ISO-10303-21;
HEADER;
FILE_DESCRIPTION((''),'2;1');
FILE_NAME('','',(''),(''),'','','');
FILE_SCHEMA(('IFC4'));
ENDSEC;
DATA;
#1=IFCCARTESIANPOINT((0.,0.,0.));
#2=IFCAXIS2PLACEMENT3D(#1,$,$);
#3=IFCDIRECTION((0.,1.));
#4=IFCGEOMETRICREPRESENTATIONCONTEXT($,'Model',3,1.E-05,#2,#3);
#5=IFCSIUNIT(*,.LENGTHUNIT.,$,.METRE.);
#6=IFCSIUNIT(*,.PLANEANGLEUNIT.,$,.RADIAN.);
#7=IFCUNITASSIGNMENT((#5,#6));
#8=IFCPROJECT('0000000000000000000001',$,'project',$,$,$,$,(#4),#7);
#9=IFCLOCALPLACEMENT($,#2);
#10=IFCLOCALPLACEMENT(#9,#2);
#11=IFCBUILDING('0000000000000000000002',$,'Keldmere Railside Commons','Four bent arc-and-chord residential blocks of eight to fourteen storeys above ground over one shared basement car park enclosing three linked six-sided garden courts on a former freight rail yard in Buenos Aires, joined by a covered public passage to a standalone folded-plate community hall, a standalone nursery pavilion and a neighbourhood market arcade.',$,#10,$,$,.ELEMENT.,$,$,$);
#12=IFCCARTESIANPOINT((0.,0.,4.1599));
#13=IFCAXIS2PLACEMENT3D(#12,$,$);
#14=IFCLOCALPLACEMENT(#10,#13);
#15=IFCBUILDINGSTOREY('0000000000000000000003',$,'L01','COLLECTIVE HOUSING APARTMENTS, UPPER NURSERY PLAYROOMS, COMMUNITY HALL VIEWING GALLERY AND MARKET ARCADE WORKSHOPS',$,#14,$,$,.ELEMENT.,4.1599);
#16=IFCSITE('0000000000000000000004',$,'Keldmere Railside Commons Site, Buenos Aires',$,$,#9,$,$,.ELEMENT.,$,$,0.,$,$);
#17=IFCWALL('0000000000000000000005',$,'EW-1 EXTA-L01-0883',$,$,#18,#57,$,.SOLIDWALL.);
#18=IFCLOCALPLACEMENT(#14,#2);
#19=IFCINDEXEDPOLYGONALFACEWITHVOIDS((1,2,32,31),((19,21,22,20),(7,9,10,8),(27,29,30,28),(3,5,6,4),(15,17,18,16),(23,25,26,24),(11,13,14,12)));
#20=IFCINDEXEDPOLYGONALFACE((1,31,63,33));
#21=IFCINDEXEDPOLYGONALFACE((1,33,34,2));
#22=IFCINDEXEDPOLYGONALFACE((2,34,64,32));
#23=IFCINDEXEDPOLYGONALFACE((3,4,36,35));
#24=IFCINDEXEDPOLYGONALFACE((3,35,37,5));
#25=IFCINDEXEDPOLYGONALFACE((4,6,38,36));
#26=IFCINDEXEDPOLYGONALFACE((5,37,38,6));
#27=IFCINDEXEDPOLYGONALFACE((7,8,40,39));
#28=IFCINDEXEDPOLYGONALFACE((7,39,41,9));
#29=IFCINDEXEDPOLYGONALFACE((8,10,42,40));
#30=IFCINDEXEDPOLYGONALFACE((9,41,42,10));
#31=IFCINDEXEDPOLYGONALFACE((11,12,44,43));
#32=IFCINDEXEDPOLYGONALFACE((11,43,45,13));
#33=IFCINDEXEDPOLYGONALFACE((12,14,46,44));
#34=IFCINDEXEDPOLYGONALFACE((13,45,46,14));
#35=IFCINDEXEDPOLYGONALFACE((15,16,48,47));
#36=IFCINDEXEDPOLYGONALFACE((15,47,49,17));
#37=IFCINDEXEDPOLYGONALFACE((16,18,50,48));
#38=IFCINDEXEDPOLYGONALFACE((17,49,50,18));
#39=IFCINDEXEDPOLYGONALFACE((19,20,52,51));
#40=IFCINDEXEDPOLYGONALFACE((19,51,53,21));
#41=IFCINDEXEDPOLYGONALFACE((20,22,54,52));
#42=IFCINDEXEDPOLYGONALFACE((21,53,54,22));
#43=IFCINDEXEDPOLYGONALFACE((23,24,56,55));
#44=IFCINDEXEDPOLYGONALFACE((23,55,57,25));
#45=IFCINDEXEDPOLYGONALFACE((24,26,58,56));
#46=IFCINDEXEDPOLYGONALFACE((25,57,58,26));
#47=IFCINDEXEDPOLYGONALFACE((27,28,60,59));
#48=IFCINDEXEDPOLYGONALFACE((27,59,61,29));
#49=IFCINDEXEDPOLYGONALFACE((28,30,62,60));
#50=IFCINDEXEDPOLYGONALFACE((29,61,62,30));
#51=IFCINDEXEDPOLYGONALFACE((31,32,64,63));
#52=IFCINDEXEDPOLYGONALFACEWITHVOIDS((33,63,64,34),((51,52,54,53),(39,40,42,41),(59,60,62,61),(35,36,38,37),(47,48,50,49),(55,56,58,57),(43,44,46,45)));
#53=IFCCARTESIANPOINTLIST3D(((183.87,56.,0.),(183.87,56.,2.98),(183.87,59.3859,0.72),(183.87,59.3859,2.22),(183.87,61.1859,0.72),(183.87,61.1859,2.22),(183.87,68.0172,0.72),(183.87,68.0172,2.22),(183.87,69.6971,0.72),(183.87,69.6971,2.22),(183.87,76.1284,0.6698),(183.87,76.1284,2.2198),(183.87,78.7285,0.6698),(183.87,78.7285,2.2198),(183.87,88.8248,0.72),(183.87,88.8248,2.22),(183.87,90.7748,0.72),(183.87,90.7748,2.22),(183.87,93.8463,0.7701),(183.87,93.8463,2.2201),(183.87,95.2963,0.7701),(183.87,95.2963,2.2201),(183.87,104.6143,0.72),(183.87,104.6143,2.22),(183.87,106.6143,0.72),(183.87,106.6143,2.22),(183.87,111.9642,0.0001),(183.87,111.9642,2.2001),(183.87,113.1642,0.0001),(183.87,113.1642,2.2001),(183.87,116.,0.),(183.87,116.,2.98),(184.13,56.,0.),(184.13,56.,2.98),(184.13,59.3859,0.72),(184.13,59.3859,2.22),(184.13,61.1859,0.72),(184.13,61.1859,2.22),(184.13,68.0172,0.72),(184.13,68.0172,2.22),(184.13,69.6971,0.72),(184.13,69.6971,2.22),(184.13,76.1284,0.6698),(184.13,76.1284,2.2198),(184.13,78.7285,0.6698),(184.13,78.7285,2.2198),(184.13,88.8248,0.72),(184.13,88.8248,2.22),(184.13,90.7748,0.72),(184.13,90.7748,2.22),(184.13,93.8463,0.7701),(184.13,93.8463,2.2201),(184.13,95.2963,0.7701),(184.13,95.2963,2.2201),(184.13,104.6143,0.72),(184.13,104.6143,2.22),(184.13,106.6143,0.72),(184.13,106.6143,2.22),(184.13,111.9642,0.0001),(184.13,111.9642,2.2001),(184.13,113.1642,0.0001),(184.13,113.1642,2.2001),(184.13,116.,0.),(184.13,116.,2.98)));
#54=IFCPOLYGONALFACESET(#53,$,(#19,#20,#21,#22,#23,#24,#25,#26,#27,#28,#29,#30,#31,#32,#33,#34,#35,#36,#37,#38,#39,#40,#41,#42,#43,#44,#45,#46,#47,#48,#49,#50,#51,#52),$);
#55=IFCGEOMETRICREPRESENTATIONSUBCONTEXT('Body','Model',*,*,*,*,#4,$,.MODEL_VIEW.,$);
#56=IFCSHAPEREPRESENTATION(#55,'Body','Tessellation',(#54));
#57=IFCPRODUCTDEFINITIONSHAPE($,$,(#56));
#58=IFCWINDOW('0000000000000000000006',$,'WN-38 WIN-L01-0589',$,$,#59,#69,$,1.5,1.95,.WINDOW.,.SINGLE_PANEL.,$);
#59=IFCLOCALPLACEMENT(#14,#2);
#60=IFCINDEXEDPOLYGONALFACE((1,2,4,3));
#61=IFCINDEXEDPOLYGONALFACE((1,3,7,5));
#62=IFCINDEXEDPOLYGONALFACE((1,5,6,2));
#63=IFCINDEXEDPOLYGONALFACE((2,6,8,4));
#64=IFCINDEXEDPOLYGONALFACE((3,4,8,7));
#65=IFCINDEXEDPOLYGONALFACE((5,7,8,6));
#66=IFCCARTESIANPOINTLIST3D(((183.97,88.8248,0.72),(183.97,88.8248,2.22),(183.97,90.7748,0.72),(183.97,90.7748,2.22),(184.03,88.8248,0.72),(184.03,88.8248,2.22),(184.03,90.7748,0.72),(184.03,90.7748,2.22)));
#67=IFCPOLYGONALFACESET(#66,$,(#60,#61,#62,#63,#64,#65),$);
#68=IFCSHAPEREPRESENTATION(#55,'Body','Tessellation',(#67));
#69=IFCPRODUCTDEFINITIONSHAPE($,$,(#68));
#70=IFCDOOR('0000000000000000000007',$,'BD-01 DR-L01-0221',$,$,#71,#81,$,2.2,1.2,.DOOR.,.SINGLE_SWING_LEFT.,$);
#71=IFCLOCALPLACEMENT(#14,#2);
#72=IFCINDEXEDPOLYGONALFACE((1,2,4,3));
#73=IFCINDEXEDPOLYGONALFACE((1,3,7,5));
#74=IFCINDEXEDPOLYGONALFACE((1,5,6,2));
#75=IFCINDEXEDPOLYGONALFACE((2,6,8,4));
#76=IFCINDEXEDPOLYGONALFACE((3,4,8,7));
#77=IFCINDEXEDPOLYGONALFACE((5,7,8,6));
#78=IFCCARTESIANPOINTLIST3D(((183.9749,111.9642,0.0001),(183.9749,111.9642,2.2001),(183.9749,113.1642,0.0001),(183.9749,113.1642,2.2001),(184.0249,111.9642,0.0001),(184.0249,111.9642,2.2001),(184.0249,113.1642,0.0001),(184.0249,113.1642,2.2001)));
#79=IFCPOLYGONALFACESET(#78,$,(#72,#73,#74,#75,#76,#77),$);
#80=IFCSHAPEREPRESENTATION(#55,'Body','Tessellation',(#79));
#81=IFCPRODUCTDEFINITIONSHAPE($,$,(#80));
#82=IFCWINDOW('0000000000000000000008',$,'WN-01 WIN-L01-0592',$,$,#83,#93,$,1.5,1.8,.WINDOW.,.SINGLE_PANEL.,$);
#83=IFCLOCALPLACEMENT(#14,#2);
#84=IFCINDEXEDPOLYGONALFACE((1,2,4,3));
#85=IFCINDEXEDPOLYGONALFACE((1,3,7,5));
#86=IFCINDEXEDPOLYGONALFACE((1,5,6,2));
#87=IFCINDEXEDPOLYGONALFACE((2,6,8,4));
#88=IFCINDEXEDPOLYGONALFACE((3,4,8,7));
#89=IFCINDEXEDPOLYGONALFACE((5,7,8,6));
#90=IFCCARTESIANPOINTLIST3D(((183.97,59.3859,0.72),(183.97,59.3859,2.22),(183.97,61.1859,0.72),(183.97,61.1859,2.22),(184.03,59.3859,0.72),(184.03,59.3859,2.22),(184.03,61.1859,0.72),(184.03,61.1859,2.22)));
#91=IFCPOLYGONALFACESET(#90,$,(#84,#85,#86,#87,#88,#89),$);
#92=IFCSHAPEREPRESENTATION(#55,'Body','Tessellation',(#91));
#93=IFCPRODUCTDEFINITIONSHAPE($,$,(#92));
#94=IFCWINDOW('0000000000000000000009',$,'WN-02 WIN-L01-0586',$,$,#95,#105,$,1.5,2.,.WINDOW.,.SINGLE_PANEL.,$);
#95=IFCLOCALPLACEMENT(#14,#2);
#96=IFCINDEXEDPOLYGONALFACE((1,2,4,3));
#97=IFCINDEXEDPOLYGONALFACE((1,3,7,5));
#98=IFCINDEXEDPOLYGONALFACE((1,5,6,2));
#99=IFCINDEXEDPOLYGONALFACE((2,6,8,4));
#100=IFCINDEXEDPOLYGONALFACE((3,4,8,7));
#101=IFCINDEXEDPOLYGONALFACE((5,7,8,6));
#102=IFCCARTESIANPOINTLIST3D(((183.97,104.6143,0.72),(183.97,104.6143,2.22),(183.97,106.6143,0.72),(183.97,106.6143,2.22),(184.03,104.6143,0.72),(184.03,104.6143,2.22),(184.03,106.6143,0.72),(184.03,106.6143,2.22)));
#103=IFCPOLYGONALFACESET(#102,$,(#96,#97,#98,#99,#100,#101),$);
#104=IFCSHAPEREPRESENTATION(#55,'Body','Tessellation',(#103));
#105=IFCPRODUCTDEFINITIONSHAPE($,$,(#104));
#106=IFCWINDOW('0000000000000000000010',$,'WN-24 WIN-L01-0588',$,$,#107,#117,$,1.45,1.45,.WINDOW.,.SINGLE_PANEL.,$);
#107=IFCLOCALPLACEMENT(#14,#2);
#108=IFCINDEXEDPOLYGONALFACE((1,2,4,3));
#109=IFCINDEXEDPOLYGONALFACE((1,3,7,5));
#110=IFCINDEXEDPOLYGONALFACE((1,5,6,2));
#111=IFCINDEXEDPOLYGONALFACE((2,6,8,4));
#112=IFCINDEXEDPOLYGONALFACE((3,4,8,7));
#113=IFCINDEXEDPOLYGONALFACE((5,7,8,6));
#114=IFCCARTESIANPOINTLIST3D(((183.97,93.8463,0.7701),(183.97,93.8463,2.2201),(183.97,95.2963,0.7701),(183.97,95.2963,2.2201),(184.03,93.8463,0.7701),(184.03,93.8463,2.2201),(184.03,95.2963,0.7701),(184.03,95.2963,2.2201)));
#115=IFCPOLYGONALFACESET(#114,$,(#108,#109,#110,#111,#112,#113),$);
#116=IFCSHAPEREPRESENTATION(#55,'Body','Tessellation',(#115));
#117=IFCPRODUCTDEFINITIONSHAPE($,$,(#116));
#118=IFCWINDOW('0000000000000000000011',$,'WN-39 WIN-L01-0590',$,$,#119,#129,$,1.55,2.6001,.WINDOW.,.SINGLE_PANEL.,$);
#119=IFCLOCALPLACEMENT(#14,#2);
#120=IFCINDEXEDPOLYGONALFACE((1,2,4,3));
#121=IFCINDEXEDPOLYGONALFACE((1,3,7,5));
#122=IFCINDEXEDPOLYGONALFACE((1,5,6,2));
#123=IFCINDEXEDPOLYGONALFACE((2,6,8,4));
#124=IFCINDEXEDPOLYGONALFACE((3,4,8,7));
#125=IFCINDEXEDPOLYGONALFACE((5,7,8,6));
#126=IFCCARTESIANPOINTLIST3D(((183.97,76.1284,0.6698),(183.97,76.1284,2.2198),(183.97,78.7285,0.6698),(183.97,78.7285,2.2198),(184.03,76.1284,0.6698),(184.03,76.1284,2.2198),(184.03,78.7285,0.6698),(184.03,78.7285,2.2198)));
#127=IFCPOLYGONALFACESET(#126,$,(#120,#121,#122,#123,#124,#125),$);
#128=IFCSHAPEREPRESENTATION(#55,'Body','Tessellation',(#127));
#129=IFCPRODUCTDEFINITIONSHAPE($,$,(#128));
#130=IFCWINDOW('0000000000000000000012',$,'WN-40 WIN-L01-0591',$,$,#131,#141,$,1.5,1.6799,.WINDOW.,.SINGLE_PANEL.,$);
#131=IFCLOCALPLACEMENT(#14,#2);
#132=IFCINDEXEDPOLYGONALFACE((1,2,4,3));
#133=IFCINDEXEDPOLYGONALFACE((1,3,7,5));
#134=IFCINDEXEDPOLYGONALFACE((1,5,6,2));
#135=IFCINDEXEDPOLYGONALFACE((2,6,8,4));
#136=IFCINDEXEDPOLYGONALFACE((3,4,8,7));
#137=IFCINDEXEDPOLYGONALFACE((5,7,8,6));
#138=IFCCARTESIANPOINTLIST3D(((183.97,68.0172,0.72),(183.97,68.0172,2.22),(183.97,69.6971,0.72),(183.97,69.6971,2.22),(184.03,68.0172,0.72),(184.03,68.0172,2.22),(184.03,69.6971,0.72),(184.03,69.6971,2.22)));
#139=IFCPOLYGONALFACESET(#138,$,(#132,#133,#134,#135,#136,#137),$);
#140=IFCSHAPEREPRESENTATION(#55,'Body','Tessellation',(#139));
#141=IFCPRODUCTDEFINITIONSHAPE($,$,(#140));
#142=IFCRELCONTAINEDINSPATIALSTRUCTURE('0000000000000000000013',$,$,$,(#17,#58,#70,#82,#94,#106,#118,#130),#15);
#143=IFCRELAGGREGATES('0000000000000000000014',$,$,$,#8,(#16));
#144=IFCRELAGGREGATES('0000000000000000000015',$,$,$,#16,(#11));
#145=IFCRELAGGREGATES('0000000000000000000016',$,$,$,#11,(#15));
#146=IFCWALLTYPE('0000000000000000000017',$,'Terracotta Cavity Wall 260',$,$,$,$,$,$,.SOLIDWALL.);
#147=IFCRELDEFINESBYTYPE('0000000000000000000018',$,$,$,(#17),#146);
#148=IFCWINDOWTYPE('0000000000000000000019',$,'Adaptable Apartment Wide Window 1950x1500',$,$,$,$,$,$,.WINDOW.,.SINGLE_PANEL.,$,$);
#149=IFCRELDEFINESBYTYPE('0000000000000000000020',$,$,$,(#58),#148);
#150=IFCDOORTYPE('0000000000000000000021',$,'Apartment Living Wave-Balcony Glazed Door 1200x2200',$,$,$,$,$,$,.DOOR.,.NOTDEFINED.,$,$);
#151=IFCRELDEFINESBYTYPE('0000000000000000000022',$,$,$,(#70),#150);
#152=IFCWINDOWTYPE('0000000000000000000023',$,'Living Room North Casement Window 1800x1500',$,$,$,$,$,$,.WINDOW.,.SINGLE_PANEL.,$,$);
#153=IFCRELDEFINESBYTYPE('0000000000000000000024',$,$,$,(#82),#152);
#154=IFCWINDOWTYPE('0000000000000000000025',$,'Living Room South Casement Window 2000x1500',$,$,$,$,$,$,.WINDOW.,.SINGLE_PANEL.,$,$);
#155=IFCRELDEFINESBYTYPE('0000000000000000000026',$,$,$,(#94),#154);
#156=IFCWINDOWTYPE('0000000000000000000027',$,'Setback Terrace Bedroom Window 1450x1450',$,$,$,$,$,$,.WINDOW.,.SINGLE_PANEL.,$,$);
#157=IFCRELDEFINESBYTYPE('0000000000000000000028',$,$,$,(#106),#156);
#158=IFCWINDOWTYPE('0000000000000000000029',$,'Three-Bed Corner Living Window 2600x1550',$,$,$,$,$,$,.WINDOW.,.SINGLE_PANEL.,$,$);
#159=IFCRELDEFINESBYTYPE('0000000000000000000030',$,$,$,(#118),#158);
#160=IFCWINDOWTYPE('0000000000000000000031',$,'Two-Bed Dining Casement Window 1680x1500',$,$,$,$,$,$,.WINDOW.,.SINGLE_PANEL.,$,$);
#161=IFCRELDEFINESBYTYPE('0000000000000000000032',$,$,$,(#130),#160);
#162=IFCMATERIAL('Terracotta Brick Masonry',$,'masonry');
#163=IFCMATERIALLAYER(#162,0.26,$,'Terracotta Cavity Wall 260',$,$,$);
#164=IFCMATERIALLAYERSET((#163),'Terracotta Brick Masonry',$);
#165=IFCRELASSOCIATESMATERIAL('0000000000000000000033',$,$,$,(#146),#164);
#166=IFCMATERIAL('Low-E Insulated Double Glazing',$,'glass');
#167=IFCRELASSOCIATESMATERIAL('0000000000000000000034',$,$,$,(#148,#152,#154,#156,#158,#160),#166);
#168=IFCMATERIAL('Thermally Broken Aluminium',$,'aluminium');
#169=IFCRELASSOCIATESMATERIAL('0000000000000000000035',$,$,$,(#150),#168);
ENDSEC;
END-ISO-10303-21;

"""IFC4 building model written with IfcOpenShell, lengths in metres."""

from ifc_helpers import new_model, si_unit, direction, frame, frame_2d, origin, place, context, subcontext, project, spatial, rectangle, extrude, material, layer, layer_set, type_object, element, fill, save


model = new_model("IFC4")

# Units and contexts
model_context = context("Model", 3, precision=1e-05, world=origin(), true_north=direction((0.0, 1.0)))
body_context = subcontext(model_context, "Body", "Model", "MODEL_VIEW")
ifc_project = project(units=[si_unit("LENGTHUNIT", "METRE"), si_unit("PLANEANGLEUNIT", "RADIAN")], contexts=[model_context])

# Site, building, storey
site_placement = place(None, origin())
site = spatial("IfcSite", under=ifc_project, at=site_placement, Name="Keldmere Railside Commons Site, Buenos Aires", CompositionType="ELEMENT", RefElevation=0.0)
building_placement = place(site_placement, origin())
building = spatial("IfcBuilding", under=site, at=building_placement, Name="Keldmere Railside Commons", Description="Four bent arc-and-chord residential blocks of eight to fourteen storeys above ground over one shared basement car park enclosing three linked six-sided garden courts on a former freight rail yard in Buenos Aires, joined by a covered public passage to a standalone folded-plate community hall, a standalone nursery pavilion and a neighbourhood market arcade.", CompositionType="ELEMENT")
storey_placement = place(building_placement, frame((0.0, 0.0, 4.1599)))
storey = spatial("IfcBuildingStorey", under=building, at=storey_placement, Name="L01", Description="COLLECTIVE HOUSING APARTMENTS, UPPER NURSERY PLAYROOMS, COMMUNITY HALL VIEWING GALLERY AND MARKET ARCADE WORKSHOPS", CompositionType="ELEMENT", Elevation=4.1599)

# Wall, openings, windows, door
ifc_material_1 = material(Name="Terracotta Brick Masonry", Category="masonry")
ifc_layer = layer(ifc_material_1, 0.26, Name="Terracotta Cavity Wall 260")
ifc_layer_set = layer_set([ifc_layer], Name="Terracotta Brick Masonry")
wall_type = type_object("IfcWallType", Name="Terracotta Cavity Wall 260", PredefinedType="SOLIDWALL", material=ifc_layer_set)
wall_placement = place(storey_placement, frame((184.0, 116.0, 0.0), z_axis=(0.0, 0.0, 1.0), x_axis=(0.0, -1.0, 0.0)))
wall = element("IfcWall", 1, at=wall_placement, inside=storey, type_object=wall_type, Name="EW-1 EXTA-L01-0883", PredefinedType="SOLIDWALL", context=body_context, shape_type="SweptSolid", body=[
    extrude(rectangle(XDim=60.0, YDim=0.26, at=frame_2d((30.0, 0.0))), origin(), (0.0, 0.0, 1.0), 2.98),
])
opening_1_placement = place(wall_placement, frame((2.8357, 0.0, 0.0)))
opening_1 = element("IfcOpeningElement", 2, at=opening_1_placement, cuts=wall, PredefinedType="OPENING", context=body_context, shape_type="SweptSolid", body=[
    extrude(rectangle(XDim=1.2, YDim=2.2, at=frame_2d((0.6001, 1.1001))), frame((0.0, 0.1399, 0.0), z_axis=(0.0, -1.0, 0.0), x_axis=(1.0, 0.0, 0.0)), (0.0, 0.0, 1.0), 0.28),
])
opening_2_placement = place(wall_placement, frame((9.3857, 0.0, 0.72)))
opening_2 = element("IfcOpeningElement", 3, at=opening_2_placement, cuts=wall, PredefinedType="OPENING", context=body_context, shape_type="SweptSolid", body=[
    extrude(rectangle(XDim=2.0, YDim=1.5, at=frame_2d((1.0, 0.75))), frame((0.0, 0.1399, 0.0), z_axis=(0.0, -1.0, 0.0), x_axis=(1.0, 0.0, 0.0)), (0.0, 0.0, 1.0), 0.28),
])
opening_3_placement = place(wall_placement, frame((20.7036, 0.0, 0.77)))
opening_3 = element("IfcOpeningElement", 4, at=opening_3_placement, cuts=wall, PredefinedType="OPENING", context=body_context, shape_type="SweptSolid", body=[
    extrude(rectangle(XDim=1.45, YDim=1.45, at=frame_2d((0.7251, 0.7251))), frame((0.0, 0.1399, 0.0), z_axis=(0.0, -1.0, 0.0), x_axis=(1.0, 0.0, 0.0)), (0.0, 0.0, 1.0), 0.28),
])
opening_4_placement = place(wall_placement, frame((25.2251, 0.0, 0.72)))
opening_4 = element("IfcOpeningElement", 5, at=opening_4_placement, cuts=wall, PredefinedType="OPENING", context=body_context, shape_type="SweptSolid", body=[
    extrude(rectangle(XDim=1.95, YDim=1.5, at=frame_2d((0.9751, 0.75))), frame((0.0, 0.1399, 0.0), z_axis=(0.0, -1.0, 0.0), x_axis=(1.0, 0.0, 0.0)), (0.0, 0.0, 1.0), 0.28),
])
opening_5_placement = place(wall_placement, frame((37.2715, 0.0, 0.6699)))
opening_5 = element("IfcOpeningElement", 6, at=opening_5_placement, cuts=wall, PredefinedType="OPENING", context=body_context, shape_type="SweptSolid", body=[
    extrude(rectangle(XDim=2.6001, YDim=1.55, at=frame_2d((1.3, 0.7749))), frame((0.0, 0.1399, 0.0), z_axis=(0.0, -1.0, 0.0), x_axis=(1.0, 0.0, 0.0)), (0.0, 0.0, 1.0), 0.28),
])
opening_6_placement = place(wall_placement, frame((46.303, 0.0, 0.72)))
opening_6 = element("IfcOpeningElement", 7, at=opening_6_placement, cuts=wall, PredefinedType="OPENING", context=body_context, shape_type="SweptSolid", body=[
    extrude(rectangle(XDim=1.6799, YDim=1.5, at=frame_2d((0.8398, 0.75))), frame((0.0, 0.1399, 0.0), z_axis=(0.0, -1.0, 0.0), x_axis=(1.0, 0.0, 0.0)), (0.0, 0.0, 1.0), 0.28),
])
opening_7_placement = place(wall_placement, frame((54.8142, 0.0, 0.72)))
opening_7 = element("IfcOpeningElement", 8, at=opening_7_placement, cuts=wall, PredefinedType="OPENING", context=body_context, shape_type="SweptSolid", body=[
    extrude(rectangle(XDim=1.8, YDim=1.5, at=frame_2d((0.8999, 0.75))), frame((0.0, 0.1399, 0.0), z_axis=(0.0, -1.0, 0.0), x_axis=(1.0, 0.0, 0.0)), (0.0, 0.0, 1.0), 0.28),
])
ifc_material_2 = material(Name="Low-E Insulated Double Glazing", Category="glass")
window_type_1 = type_object("IfcWindowType", Name="Adaptable Apartment Wide Window 1950x1500", PartitioningType="SINGLE_PANEL", PredefinedType="WINDOW", material=ifc_material_2)
window_1_placement = place(opening_4_placement, origin())
window_1 = element("IfcWindow", 9, at=window_1_placement, inside=storey, type_object=window_type_1, Name="WN-38 WIN-L01-0589", OverallHeight=1.5, OverallWidth=1.95, PartitioningType="SINGLE_PANEL", PredefinedType="WINDOW", context=body_context, shape_type="SweptSolid", body=[
    extrude(rectangle(XDim=1.95, YDim=1.5, at=frame_2d((0.9751, 0.75))), frame((0.0, 0.03, 0.0), z_axis=(0.0, -1.0, 0.0), x_axis=(1.0, 0.0, 0.0)), (0.0, 0.0, 1.0), 0.0601),
])
fill(opening_4, window_1)
ifc_material_3 = material(Name="Thermally Broken Aluminium", Category="aluminium")
door_type = type_object("IfcDoorType", Name="Apartment Living Wave-Balcony Glazed Door 1200x2200", OperationType="NOTDEFINED", PredefinedType="DOOR", material=ifc_material_3)
door_placement = place(opening_1_placement, origin())
door = element("IfcDoor", 10, at=door_placement, inside=storey, type_object=door_type, Name="BD-01 DR-L01-0221", OperationType="SINGLE_SWING_LEFT", OverallHeight=2.2, OverallWidth=1.2, PredefinedType="DOOR", context=body_context, shape_type="SweptSolid", body=[
    extrude(rectangle(XDim=1.2, YDim=2.2, at=frame_2d((0.6001, 1.1001))), frame((0.0, 0.0249, 0.0), z_axis=(0.0, -1.0, 0.0), x_axis=(1.0, 0.0, 0.0)), (0.0, 0.0, 1.0), 0.05),
])
fill(opening_1, door)
window_type_2 = type_object("IfcWindowType", Name="Living Room North Casement Window 1800x1500", PartitioningType="SINGLE_PANEL", PredefinedType="WINDOW", material=ifc_material_2)
window_2_placement = place(opening_7_placement, origin())
window_2 = element("IfcWindow", 11, at=window_2_placement, inside=storey, type_object=window_type_2, Name="WN-01 WIN-L01-0592", OverallHeight=1.5, OverallWidth=1.8, PartitioningType="SINGLE_PANEL", PredefinedType="WINDOW", context=body_context, shape_type="SweptSolid", body=[
    extrude(rectangle(XDim=1.8, YDim=1.5, at=frame_2d((0.8999, 0.75))), frame((0.0, 0.03, 0.0), z_axis=(0.0, -1.0, 0.0), x_axis=(1.0, 0.0, 0.0)), (0.0, 0.0, 1.0), 0.0601),
])
fill(opening_7, window_2)
window_type_3 = type_object("IfcWindowType", Name="Living Room South Casement Window 2000x1500", PartitioningType="SINGLE_PANEL", PredefinedType="WINDOW", material=ifc_material_2)
window_3_placement = place(opening_2_placement, origin())
window_3 = element("IfcWindow", 12, at=window_3_placement, inside=storey, type_object=window_type_3, Name="WN-02 WIN-L01-0586", OverallHeight=1.5, OverallWidth=2.0, PartitioningType="SINGLE_PANEL", PredefinedType="WINDOW", context=body_context, shape_type="SweptSolid", body=[
    extrude(rectangle(XDim=2.0, YDim=1.5, at=frame_2d((1.0, 0.75))), frame((0.0, 0.03, 0.0), z_axis=(0.0, -1.0, 0.0), x_axis=(1.0, 0.0, 0.0)), (0.0, 0.0, 1.0), 0.0601),
])
fill(opening_2, window_3)
window_type_4 = type_object("IfcWindowType", Name="Setback Terrace Bedroom Window 1450x1450", PartitioningType="SINGLE_PANEL", PredefinedType="WINDOW", material=ifc_material_2)
window_4_placement = place(opening_3_placement, origin())
window_4 = element("IfcWindow", 13, at=window_4_placement, inside=storey, type_object=window_type_4, Name="WN-24 WIN-L01-0588", OverallHeight=1.45, OverallWidth=1.45, PartitioningType="SINGLE_PANEL", PredefinedType="WINDOW", context=body_context, shape_type="SweptSolid", body=[
    extrude(rectangle(XDim=1.45, YDim=1.45, at=frame_2d((0.7251, 0.7251))), frame((0.0, 0.03, 0.0), z_axis=(0.0, -1.0, 0.0), x_axis=(1.0, 0.0, 0.0)), (0.0, 0.0, 1.0), 0.0601),
])
fill(opening_3, window_4)
window_type_5 = type_object("IfcWindowType", Name="Three-Bed Corner Living Window 2600x1550", PartitioningType="SINGLE_PANEL", PredefinedType="WINDOW", material=ifc_material_2)
window_5_placement = place(opening_5_placement, origin())
window_5 = element("IfcWindow", 14, at=window_5_placement, inside=storey, type_object=window_type_5, Name="WN-39 WIN-L01-0590", OverallHeight=1.55, OverallWidth=2.6001, PartitioningType="SINGLE_PANEL", PredefinedType="WINDOW", context=body_context, shape_type="SweptSolid", body=[
    extrude(rectangle(XDim=2.6001, YDim=1.55, at=frame_2d((1.3, 0.7749))), frame((0.0, 0.03, 0.0), z_axis=(0.0, -1.0, 0.0), x_axis=(1.0, 0.0, 0.0)), (0.0, 0.0, 1.0), 0.0601),
])
fill(opening_5, window_5)
window_type_6 = type_object("IfcWindowType", Name="Two-Bed Dining Casement Window 1680x1500", PartitioningType="SINGLE_PANEL", PredefinedType="WINDOW", material=ifc_material_2)
window_6_placement = place(opening_6_placement, origin())
window_6 = element("IfcWindow", 15, at=window_6_placement, inside=storey, type_object=window_type_6, Name="WN-40 WIN-L01-0591", OverallHeight=1.5, OverallWidth=1.6799, PartitioningType="SINGLE_PANEL", PredefinedType="WINDOW", context=body_context, shape_type="SweptSolid", body=[
    extrude(rectangle(XDim=1.6799, YDim=1.5, at=frame_2d((0.8398, 0.75))), frame((0.0, 0.03, 0.0), z_axis=(0.0, -1.0, 0.0), x_axis=(1.0, 0.0, 0.0)), (0.0, 0.0, 1.0), 0.0601),
])
fill(opening_6, window_6)

save(model, "model.ifc")
